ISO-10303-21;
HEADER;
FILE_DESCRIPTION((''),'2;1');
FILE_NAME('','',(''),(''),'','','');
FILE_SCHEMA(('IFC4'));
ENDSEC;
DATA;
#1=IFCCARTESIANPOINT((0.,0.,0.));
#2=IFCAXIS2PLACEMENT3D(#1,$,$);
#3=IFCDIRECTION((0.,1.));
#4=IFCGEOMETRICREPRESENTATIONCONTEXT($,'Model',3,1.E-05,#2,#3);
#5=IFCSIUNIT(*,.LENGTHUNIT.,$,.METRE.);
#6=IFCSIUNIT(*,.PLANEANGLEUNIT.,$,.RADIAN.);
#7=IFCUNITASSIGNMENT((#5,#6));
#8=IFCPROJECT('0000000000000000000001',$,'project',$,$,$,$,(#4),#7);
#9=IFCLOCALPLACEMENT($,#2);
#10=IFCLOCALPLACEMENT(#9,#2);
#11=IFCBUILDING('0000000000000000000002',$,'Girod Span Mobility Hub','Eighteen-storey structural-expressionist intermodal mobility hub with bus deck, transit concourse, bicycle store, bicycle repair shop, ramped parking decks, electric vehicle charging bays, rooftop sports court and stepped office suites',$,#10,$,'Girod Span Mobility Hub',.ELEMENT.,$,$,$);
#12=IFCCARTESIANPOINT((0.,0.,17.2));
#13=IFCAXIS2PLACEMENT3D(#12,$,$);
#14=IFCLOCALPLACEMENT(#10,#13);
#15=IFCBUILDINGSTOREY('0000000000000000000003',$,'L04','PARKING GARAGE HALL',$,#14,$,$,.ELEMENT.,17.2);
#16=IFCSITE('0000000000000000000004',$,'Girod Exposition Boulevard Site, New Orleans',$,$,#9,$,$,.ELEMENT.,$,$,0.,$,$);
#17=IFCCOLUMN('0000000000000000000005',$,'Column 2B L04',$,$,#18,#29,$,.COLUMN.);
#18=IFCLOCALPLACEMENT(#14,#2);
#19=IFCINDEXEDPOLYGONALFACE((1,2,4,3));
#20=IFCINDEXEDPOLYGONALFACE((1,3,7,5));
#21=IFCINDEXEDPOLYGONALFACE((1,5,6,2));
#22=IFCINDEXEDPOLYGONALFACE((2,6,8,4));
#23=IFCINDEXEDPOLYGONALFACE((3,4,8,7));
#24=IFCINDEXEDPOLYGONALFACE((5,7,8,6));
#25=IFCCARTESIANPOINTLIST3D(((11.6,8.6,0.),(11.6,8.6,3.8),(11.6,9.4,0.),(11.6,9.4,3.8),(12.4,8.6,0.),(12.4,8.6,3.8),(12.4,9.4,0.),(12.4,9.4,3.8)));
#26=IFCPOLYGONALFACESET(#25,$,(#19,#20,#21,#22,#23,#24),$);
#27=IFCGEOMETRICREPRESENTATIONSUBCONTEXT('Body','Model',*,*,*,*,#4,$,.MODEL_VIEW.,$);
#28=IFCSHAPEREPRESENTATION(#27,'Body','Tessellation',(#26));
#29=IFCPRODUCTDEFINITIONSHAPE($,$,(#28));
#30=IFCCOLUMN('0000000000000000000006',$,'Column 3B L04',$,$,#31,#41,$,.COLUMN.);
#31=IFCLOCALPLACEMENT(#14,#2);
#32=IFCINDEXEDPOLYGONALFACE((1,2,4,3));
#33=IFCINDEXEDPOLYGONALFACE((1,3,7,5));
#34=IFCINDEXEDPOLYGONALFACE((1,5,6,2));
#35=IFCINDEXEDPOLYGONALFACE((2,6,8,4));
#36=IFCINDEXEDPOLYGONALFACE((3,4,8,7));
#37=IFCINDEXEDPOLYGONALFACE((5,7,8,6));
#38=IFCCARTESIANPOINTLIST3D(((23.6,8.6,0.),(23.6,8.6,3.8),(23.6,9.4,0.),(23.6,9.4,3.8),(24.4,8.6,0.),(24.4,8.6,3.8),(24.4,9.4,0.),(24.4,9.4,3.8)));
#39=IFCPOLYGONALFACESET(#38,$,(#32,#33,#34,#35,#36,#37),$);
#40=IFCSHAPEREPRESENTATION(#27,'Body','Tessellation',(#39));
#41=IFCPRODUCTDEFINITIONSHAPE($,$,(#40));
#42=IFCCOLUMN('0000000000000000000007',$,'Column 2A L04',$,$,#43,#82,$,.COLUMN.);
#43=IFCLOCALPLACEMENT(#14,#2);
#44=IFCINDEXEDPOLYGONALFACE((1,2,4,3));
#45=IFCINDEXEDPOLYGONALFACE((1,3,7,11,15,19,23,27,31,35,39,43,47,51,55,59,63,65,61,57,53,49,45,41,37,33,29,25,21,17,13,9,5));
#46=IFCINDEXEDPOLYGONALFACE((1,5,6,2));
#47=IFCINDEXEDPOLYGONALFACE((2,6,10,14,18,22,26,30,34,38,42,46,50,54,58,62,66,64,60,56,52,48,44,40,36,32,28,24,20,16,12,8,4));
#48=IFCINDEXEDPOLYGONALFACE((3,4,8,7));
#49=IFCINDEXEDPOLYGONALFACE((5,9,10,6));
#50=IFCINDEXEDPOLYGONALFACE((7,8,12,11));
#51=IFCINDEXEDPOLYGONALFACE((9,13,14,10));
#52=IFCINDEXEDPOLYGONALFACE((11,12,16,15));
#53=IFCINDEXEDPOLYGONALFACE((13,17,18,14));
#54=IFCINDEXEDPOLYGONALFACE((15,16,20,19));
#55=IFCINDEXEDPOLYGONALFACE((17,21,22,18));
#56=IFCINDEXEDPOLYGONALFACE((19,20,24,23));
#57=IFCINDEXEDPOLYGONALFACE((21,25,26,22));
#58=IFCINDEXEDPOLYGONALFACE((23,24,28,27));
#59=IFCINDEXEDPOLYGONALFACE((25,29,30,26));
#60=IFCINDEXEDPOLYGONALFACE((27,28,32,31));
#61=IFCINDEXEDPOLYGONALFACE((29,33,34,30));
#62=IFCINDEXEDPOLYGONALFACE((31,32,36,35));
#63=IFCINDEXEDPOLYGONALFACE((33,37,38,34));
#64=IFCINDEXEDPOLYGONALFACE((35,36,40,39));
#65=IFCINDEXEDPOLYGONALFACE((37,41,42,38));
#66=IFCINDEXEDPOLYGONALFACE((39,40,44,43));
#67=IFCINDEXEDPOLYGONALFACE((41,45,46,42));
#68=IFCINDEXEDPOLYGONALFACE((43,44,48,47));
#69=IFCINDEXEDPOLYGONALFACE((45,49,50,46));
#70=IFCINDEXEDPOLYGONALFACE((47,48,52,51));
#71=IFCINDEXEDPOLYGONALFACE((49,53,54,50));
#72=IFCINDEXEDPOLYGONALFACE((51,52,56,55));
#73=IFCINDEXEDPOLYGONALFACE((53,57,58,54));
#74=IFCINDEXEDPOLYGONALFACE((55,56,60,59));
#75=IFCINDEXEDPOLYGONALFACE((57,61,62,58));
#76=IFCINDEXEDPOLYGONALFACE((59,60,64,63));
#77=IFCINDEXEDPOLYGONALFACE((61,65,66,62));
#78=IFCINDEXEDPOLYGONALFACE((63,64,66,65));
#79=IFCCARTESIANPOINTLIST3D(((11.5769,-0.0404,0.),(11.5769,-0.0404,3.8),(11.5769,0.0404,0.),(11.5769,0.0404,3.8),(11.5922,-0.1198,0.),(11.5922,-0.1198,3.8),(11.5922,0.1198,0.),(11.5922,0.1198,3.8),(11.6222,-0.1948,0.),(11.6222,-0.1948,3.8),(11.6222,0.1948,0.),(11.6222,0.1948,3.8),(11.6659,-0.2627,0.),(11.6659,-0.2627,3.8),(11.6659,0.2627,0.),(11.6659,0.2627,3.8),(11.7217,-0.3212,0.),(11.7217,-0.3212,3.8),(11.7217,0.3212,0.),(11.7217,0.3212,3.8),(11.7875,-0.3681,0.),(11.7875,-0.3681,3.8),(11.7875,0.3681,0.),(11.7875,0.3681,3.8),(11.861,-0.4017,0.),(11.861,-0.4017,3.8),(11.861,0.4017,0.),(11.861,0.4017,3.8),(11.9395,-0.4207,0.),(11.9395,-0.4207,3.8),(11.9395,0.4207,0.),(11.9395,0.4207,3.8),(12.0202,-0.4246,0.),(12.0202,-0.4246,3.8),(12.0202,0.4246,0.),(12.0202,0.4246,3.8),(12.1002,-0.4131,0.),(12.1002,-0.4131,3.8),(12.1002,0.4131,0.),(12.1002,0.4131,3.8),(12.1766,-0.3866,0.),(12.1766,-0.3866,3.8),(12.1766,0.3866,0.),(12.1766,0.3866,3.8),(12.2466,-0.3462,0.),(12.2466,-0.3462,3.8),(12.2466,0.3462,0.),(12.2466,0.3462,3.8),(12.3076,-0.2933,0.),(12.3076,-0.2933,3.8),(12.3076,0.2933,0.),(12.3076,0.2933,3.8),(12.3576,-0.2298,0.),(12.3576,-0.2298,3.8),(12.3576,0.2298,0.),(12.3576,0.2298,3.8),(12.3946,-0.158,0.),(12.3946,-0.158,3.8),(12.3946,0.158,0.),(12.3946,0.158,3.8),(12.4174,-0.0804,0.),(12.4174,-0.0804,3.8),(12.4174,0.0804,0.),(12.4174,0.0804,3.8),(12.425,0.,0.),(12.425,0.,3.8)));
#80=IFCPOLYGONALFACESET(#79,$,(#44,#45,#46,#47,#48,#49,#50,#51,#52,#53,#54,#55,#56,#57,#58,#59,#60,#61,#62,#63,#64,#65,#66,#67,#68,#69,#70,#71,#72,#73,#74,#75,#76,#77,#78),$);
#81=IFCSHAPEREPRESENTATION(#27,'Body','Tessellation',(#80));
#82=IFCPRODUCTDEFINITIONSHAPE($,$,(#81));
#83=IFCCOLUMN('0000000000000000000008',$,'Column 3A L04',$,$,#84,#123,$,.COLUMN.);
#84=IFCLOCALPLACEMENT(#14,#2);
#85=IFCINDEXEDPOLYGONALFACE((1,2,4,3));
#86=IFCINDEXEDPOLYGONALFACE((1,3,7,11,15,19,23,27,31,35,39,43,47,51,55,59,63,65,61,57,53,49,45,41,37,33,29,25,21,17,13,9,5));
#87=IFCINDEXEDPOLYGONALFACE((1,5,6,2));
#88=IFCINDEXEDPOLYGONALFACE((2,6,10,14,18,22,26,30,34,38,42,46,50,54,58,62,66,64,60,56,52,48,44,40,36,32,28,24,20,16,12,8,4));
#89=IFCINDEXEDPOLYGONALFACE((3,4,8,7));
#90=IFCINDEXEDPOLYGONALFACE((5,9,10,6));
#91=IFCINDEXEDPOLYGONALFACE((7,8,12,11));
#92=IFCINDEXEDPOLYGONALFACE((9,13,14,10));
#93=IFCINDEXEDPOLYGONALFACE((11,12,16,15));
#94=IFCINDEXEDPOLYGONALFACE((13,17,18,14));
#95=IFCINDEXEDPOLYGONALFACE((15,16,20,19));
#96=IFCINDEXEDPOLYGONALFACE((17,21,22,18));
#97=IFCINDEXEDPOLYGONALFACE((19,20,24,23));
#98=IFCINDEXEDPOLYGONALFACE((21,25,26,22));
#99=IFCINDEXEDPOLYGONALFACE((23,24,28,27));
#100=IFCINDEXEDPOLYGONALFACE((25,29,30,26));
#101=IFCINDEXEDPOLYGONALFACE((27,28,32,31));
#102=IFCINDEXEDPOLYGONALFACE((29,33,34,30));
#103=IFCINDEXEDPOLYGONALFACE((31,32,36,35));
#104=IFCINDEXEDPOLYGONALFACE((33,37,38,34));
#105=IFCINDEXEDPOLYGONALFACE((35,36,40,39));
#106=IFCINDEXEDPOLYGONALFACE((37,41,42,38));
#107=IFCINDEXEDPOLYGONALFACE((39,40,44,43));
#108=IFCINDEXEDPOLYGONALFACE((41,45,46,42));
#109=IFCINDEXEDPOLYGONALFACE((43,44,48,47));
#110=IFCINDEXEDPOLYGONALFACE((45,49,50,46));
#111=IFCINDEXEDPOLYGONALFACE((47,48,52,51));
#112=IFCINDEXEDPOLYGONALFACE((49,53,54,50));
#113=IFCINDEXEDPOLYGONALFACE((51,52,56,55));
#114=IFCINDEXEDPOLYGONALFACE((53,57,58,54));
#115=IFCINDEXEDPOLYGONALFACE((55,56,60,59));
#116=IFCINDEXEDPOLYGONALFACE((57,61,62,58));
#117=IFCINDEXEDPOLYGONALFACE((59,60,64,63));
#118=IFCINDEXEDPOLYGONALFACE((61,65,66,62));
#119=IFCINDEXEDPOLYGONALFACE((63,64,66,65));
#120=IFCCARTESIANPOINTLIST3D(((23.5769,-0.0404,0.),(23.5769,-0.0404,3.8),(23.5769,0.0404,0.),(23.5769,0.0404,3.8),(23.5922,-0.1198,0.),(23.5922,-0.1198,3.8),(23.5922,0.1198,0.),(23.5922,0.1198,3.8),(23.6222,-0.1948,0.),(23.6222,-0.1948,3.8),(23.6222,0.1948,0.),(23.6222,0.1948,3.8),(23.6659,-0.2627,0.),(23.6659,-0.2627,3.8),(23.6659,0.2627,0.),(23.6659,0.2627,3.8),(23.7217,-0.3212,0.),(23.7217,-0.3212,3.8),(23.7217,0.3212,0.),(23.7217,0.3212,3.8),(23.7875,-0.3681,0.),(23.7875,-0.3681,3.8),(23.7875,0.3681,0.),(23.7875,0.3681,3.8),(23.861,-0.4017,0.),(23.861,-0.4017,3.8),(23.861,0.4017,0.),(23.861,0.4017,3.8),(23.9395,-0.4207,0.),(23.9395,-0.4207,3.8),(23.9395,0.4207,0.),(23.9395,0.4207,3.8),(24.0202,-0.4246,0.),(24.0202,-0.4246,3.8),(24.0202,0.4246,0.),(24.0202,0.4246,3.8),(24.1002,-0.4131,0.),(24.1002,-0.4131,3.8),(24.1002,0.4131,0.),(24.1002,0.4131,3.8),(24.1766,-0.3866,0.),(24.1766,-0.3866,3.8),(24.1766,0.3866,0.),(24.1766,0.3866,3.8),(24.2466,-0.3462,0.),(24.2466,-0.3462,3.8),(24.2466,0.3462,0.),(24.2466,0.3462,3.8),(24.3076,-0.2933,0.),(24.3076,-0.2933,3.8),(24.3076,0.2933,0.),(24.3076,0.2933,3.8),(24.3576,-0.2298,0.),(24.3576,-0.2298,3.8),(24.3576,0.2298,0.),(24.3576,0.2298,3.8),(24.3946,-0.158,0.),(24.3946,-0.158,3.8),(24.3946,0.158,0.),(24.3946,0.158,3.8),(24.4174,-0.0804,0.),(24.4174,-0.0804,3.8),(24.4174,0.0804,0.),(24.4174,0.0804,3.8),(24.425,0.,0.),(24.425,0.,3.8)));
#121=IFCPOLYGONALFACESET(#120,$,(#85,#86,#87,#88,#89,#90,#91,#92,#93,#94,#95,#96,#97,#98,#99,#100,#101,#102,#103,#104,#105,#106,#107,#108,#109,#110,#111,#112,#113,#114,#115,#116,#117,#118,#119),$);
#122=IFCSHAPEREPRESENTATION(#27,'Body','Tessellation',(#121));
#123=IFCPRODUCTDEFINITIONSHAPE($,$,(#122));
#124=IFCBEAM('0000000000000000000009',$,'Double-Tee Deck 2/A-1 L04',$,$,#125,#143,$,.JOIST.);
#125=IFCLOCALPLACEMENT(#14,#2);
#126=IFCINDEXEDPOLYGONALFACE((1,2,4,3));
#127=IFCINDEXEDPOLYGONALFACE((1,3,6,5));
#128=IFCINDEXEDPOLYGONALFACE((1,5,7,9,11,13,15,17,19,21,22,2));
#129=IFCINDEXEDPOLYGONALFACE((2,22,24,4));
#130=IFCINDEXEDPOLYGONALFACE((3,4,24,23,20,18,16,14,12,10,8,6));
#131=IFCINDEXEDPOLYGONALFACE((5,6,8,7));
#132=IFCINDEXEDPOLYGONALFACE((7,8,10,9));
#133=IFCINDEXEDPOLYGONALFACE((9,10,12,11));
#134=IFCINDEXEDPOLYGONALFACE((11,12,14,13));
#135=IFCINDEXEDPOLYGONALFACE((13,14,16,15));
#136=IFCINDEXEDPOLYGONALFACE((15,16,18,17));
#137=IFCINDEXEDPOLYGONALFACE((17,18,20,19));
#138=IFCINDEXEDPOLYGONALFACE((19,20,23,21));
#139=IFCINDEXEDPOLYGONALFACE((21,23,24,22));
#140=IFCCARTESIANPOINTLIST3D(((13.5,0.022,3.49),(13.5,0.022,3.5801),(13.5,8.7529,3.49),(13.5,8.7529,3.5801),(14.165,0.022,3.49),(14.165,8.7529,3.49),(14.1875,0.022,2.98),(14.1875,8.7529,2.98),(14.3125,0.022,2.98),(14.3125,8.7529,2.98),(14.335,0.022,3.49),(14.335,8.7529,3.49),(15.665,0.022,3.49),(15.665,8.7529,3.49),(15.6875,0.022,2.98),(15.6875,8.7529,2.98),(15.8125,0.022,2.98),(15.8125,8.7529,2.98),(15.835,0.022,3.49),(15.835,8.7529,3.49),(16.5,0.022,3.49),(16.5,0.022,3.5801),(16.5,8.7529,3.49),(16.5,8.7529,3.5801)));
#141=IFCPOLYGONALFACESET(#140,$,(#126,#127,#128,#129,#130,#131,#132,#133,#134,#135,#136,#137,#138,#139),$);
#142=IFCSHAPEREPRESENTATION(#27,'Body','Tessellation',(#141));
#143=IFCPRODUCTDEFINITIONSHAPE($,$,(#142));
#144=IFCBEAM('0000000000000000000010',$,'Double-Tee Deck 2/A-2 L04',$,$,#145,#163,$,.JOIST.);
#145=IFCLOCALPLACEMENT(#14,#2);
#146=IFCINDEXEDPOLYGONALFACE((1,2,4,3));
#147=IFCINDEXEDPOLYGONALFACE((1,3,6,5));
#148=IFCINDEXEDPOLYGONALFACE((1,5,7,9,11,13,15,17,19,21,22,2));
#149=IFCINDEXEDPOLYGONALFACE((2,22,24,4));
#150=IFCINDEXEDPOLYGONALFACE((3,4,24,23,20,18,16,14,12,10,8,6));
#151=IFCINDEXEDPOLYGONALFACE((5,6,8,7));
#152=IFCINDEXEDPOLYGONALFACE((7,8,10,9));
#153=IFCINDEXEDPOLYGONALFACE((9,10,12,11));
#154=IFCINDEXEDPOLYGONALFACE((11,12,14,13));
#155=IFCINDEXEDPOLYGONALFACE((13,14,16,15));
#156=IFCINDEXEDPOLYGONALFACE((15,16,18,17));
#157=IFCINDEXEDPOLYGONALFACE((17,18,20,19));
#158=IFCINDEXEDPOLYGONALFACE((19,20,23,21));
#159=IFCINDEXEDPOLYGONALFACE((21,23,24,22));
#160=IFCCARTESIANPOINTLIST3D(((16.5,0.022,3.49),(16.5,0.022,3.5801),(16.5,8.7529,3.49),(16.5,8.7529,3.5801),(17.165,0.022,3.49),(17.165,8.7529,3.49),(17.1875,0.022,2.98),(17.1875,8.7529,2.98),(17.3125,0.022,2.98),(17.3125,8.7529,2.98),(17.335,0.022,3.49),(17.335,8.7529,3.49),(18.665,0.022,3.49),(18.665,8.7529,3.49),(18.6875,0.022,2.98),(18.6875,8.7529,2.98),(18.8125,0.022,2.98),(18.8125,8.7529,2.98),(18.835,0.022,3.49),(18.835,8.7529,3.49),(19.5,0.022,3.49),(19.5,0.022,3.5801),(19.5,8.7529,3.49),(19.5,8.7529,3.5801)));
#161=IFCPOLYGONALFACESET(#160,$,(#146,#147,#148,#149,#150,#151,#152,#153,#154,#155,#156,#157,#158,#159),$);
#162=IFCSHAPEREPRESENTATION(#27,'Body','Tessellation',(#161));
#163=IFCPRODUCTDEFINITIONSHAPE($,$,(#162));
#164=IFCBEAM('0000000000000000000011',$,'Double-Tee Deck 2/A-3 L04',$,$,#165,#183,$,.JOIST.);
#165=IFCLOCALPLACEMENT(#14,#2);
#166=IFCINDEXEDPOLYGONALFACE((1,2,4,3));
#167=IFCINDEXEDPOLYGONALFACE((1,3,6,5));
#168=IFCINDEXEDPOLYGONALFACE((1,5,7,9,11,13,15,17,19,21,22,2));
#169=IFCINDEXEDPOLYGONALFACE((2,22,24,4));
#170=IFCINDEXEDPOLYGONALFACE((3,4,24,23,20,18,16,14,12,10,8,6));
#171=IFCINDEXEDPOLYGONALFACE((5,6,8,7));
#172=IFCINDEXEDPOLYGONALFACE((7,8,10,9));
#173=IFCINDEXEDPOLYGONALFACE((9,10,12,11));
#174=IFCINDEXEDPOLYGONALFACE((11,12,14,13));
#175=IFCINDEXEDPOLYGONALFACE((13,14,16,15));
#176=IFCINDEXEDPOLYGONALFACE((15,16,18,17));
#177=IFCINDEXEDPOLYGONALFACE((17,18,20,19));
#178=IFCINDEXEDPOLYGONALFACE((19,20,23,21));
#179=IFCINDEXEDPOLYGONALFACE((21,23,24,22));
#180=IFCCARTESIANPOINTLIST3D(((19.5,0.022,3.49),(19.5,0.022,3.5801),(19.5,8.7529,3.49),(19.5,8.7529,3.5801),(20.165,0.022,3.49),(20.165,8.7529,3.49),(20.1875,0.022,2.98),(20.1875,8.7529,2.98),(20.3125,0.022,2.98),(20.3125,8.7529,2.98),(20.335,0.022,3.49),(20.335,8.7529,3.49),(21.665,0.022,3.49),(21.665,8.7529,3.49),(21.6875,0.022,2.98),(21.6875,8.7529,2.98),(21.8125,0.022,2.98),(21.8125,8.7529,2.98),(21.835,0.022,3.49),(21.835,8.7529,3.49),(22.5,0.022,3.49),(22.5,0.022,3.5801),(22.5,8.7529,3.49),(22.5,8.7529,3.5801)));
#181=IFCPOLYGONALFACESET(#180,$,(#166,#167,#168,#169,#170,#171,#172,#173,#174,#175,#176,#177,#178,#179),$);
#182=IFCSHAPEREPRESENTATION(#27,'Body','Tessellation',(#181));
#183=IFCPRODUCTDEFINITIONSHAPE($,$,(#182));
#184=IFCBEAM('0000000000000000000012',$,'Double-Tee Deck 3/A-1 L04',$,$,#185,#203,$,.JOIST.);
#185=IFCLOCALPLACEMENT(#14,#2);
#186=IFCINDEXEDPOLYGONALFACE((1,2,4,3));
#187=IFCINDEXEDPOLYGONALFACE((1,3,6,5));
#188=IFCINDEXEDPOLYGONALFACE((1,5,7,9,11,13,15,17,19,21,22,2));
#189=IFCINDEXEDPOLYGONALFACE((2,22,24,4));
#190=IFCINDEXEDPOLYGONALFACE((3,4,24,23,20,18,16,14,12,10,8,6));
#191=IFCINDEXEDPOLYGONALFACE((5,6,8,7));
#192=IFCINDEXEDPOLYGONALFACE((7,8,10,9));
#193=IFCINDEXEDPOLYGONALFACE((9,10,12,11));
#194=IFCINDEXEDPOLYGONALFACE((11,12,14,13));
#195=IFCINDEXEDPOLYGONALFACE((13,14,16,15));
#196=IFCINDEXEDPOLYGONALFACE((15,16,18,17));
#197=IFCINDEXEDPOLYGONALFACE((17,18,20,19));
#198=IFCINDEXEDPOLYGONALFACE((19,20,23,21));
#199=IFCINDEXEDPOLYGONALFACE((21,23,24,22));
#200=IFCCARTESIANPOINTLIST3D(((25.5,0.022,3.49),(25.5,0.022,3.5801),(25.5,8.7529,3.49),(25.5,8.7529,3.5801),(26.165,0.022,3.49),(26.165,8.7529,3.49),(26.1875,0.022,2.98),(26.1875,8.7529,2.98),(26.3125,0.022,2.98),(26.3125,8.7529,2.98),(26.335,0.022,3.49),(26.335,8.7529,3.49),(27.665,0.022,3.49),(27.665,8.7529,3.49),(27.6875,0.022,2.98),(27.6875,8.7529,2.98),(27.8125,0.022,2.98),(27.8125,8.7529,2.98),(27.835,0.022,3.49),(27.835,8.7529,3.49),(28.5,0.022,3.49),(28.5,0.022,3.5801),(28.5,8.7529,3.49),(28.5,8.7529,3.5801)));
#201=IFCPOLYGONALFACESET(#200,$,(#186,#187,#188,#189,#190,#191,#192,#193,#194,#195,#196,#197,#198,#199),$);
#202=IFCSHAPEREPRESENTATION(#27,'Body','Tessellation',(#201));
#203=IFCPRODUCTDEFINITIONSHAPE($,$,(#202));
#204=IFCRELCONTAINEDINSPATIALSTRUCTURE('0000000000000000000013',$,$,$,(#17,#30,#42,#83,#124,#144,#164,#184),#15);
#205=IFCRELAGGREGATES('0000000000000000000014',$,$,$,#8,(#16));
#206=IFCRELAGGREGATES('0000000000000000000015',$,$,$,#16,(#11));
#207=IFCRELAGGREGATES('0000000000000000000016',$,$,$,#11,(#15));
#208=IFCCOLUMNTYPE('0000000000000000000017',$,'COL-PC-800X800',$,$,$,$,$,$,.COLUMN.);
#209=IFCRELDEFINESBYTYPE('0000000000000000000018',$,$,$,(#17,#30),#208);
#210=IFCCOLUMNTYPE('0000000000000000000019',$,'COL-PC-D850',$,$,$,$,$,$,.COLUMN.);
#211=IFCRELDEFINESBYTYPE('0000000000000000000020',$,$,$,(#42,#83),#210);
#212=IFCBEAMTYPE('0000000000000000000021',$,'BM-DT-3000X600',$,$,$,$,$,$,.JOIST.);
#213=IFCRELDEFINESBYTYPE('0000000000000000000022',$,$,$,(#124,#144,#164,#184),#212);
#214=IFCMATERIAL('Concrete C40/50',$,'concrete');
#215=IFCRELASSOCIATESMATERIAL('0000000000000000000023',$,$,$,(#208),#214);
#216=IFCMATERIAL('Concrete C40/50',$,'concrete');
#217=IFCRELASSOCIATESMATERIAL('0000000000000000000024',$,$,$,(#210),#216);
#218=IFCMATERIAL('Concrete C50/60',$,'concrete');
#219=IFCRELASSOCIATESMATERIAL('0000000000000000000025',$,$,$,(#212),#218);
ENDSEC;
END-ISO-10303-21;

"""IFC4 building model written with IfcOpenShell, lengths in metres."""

from ifc_helpers import new_model, si_unit, direction, frame, origin, origin_2d, place, context, subcontext, project, spatial, polyline, rectangle, circle, outline, extrude, material, material_profile, profile_set, type_object, element, save


model = new_model("IFC4")

# Units and contexts
model_context = context("Model", 3, precision=1e-05, world=origin(), true_north=direction((0.0, 1.0)))
body_context = subcontext(model_context, "Body", "Model", "MODEL_VIEW")
ifc_project = project(units=[si_unit("LENGTHUNIT", "METRE"), si_unit("PLANEANGLEUNIT", "RADIAN")], contexts=[model_context])

# Site, building, storey
site_placement = place(None, origin())
site = spatial("IfcSite", under=ifc_project, at=site_placement, Name="Girod Exposition Boulevard Site, New Orleans", CompositionType="ELEMENT", RefElevation=0.0)
building_placement = place(site_placement, origin())
building = spatial("IfcBuilding", under=site, at=building_placement, Name="Girod Span Mobility Hub", Description="Eighteen-storey structural-expressionist intermodal mobility hub with bus deck, transit concourse, bicycle store, bicycle repair shop, ramped parking decks, electric vehicle charging bays, rooftop sports court and stepped office suites", LongName="Girod Span Mobility Hub", CompositionType="ELEMENT")
storey_placement = place(building_placement, frame((0.0, 0.0, 17.2)))
storey = spatial("IfcBuildingStorey", under=building, at=storey_placement, Name="L04", Description="PARKING GARAGE HALL", CompositionType="ELEMENT", Elevation=17.2)

# Columns
ifc_material_1 = material(Name="Concrete C40/50", Category="concrete")
ifc_material_profile_1 = material_profile(ifc_material_1, rectangle(XDim=0.8, YDim=0.8, at=origin_2d()), Name="PC-COL-800X800")
ifc_profile_set_1 = profile_set([ifc_material_profile_1], Name="Concrete C40/50")
column_type_1 = type_object("IfcColumnType", Name="COL-PC-800X800", PredefinedType="COLUMN", material=ifc_profile_set_1)
for number, where, z_axis, x_axis, name in (
    (1, (12.0, 9.0, 0.0), (0.0, 0.0, 1.0), (1.0, 0.0, 0.0), "Column 2B L04"),
    (2, (24.0, 9.0, 0.0), (0.0, 0.0, 1.0), (1.0, 0.0, 0.0), "Column 3B L04"),
):
    element("IfcColumn", number, at=place(storey_placement, frame(where, z_axis=z_axis, x_axis=x_axis)), inside=storey, type_object=column_type_1, Name=name, PredefinedType="COLUMN", context=body_context, shape_type="SweptSolid", body=[
        extrude(rectangle(XDim=0.8, YDim=0.8, at=origin_2d()), origin(), (0.0, 0.0, 1.0), 3.8),
    ])
ifc_material_2 = material(Name="Concrete C40/50", Category="concrete")
ifc_material_profile_2 = material_profile(ifc_material_2, circle(Radius=0.425, at=origin_2d()), Name="PC-CIR-D850")
ifc_profile_set_2 = profile_set([ifc_material_profile_2], Name="Concrete C40/50")
column_type_2 = type_object("IfcColumnType", Name="COL-PC-D850", PredefinedType="COLUMN", material=ifc_profile_set_2)
for number, where, z_axis, x_axis, name in (
    (3, (12.0, 0.0, 0.0), (0.0, 0.0, 1.0), (1.0, 0.0, 0.0), "Column 2A L04"),
    (4, (24.0, 0.0, 0.0), (0.0, 0.0, 1.0), (1.0, 0.0, 0.0), "Column 3A L04"),
):
    element("IfcColumn", number, at=place(storey_placement, frame(where, z_axis=z_axis, x_axis=x_axis)), inside=storey, type_object=column_type_2, Name=name, PredefinedType="COLUMN", context=body_context, shape_type="SweptSolid", body=[
        extrude(circle(Radius=0.425, at=origin_2d()), origin(), (0.0, 0.0, 1.0), 3.8),
    ])

# Beams
ifc_material_3 = material(Name="Concrete C50/60", Category="concrete")
ifc_material_profile_3 = material_profile(ifc_material_3, outline(polyline([(-1.5, 0.3), (-1.5, 0.21), (-0.835, 0.21), (-0.8125, -0.3), (-0.6875, -0.3), (-0.665, 0.21), (0.665, 0.21), (0.6875, -0.3), (0.8125, -0.3), (0.835, 0.21), (1.5, 0.21), (1.5, 0.3), (-1.5, 0.3)])), Name="DT-3000X600")
ifc_profile_set_3 = profile_set([ifc_material_profile_3], Name="Concrete C50/60")
beam_type_1 = type_object("IfcBeamType", Name="BM-DT-3000X600", PredefinedType="JOIST", material=ifc_profile_set_3)
for number, where, z_axis, x_axis, name in (
    (5, (15.0, 0.022, 3.28), (0.0, 1.0, 0.0), (-1.0, 0.0, 0.0), "Double-Tee Deck 2/A-1 L04"),
    (6, (18.0, 0.022, 3.28), (0.0, 1.0, 0.0), (-1.0, 0.0, 0.0), "Double-Tee Deck 2/A-2 L04"),
    (7, (21.0, 0.022, 3.28), (0.0, 1.0, 0.0), (-1.0, 0.0, 0.0), "Double-Tee Deck 2/A-3 L04"),
    (8, (27.0, 0.022, 3.28), (0.0, 1.0, 0.0), (-1.0, 0.0, 0.0), "Double-Tee Deck 3/A-1 L04"),
):
    element("IfcBeam", number, at=place(storey_placement, frame(where, z_axis=z_axis, x_axis=x_axis)), inside=storey, type_object=beam_type_1, Name=name, PredefinedType="JOIST", context=body_context, shape_type="SweptSolid", body=[
        extrude(outline(polyline([(-1.5, 0.3), (-1.5, 0.21), (-0.835, 0.21), (-0.8125, -0.3), (-0.6875, -0.3), (-0.665, 0.21), (0.665, 0.21), (0.6875, -0.3), (0.8125, -0.3), (0.835, 0.21), (1.5, 0.21), (1.5, 0.3), (-1.5, 0.3)])), origin(), (0.0, 0.0, 1.0), 8.731),
    ])

save(model, "model.ifc")
